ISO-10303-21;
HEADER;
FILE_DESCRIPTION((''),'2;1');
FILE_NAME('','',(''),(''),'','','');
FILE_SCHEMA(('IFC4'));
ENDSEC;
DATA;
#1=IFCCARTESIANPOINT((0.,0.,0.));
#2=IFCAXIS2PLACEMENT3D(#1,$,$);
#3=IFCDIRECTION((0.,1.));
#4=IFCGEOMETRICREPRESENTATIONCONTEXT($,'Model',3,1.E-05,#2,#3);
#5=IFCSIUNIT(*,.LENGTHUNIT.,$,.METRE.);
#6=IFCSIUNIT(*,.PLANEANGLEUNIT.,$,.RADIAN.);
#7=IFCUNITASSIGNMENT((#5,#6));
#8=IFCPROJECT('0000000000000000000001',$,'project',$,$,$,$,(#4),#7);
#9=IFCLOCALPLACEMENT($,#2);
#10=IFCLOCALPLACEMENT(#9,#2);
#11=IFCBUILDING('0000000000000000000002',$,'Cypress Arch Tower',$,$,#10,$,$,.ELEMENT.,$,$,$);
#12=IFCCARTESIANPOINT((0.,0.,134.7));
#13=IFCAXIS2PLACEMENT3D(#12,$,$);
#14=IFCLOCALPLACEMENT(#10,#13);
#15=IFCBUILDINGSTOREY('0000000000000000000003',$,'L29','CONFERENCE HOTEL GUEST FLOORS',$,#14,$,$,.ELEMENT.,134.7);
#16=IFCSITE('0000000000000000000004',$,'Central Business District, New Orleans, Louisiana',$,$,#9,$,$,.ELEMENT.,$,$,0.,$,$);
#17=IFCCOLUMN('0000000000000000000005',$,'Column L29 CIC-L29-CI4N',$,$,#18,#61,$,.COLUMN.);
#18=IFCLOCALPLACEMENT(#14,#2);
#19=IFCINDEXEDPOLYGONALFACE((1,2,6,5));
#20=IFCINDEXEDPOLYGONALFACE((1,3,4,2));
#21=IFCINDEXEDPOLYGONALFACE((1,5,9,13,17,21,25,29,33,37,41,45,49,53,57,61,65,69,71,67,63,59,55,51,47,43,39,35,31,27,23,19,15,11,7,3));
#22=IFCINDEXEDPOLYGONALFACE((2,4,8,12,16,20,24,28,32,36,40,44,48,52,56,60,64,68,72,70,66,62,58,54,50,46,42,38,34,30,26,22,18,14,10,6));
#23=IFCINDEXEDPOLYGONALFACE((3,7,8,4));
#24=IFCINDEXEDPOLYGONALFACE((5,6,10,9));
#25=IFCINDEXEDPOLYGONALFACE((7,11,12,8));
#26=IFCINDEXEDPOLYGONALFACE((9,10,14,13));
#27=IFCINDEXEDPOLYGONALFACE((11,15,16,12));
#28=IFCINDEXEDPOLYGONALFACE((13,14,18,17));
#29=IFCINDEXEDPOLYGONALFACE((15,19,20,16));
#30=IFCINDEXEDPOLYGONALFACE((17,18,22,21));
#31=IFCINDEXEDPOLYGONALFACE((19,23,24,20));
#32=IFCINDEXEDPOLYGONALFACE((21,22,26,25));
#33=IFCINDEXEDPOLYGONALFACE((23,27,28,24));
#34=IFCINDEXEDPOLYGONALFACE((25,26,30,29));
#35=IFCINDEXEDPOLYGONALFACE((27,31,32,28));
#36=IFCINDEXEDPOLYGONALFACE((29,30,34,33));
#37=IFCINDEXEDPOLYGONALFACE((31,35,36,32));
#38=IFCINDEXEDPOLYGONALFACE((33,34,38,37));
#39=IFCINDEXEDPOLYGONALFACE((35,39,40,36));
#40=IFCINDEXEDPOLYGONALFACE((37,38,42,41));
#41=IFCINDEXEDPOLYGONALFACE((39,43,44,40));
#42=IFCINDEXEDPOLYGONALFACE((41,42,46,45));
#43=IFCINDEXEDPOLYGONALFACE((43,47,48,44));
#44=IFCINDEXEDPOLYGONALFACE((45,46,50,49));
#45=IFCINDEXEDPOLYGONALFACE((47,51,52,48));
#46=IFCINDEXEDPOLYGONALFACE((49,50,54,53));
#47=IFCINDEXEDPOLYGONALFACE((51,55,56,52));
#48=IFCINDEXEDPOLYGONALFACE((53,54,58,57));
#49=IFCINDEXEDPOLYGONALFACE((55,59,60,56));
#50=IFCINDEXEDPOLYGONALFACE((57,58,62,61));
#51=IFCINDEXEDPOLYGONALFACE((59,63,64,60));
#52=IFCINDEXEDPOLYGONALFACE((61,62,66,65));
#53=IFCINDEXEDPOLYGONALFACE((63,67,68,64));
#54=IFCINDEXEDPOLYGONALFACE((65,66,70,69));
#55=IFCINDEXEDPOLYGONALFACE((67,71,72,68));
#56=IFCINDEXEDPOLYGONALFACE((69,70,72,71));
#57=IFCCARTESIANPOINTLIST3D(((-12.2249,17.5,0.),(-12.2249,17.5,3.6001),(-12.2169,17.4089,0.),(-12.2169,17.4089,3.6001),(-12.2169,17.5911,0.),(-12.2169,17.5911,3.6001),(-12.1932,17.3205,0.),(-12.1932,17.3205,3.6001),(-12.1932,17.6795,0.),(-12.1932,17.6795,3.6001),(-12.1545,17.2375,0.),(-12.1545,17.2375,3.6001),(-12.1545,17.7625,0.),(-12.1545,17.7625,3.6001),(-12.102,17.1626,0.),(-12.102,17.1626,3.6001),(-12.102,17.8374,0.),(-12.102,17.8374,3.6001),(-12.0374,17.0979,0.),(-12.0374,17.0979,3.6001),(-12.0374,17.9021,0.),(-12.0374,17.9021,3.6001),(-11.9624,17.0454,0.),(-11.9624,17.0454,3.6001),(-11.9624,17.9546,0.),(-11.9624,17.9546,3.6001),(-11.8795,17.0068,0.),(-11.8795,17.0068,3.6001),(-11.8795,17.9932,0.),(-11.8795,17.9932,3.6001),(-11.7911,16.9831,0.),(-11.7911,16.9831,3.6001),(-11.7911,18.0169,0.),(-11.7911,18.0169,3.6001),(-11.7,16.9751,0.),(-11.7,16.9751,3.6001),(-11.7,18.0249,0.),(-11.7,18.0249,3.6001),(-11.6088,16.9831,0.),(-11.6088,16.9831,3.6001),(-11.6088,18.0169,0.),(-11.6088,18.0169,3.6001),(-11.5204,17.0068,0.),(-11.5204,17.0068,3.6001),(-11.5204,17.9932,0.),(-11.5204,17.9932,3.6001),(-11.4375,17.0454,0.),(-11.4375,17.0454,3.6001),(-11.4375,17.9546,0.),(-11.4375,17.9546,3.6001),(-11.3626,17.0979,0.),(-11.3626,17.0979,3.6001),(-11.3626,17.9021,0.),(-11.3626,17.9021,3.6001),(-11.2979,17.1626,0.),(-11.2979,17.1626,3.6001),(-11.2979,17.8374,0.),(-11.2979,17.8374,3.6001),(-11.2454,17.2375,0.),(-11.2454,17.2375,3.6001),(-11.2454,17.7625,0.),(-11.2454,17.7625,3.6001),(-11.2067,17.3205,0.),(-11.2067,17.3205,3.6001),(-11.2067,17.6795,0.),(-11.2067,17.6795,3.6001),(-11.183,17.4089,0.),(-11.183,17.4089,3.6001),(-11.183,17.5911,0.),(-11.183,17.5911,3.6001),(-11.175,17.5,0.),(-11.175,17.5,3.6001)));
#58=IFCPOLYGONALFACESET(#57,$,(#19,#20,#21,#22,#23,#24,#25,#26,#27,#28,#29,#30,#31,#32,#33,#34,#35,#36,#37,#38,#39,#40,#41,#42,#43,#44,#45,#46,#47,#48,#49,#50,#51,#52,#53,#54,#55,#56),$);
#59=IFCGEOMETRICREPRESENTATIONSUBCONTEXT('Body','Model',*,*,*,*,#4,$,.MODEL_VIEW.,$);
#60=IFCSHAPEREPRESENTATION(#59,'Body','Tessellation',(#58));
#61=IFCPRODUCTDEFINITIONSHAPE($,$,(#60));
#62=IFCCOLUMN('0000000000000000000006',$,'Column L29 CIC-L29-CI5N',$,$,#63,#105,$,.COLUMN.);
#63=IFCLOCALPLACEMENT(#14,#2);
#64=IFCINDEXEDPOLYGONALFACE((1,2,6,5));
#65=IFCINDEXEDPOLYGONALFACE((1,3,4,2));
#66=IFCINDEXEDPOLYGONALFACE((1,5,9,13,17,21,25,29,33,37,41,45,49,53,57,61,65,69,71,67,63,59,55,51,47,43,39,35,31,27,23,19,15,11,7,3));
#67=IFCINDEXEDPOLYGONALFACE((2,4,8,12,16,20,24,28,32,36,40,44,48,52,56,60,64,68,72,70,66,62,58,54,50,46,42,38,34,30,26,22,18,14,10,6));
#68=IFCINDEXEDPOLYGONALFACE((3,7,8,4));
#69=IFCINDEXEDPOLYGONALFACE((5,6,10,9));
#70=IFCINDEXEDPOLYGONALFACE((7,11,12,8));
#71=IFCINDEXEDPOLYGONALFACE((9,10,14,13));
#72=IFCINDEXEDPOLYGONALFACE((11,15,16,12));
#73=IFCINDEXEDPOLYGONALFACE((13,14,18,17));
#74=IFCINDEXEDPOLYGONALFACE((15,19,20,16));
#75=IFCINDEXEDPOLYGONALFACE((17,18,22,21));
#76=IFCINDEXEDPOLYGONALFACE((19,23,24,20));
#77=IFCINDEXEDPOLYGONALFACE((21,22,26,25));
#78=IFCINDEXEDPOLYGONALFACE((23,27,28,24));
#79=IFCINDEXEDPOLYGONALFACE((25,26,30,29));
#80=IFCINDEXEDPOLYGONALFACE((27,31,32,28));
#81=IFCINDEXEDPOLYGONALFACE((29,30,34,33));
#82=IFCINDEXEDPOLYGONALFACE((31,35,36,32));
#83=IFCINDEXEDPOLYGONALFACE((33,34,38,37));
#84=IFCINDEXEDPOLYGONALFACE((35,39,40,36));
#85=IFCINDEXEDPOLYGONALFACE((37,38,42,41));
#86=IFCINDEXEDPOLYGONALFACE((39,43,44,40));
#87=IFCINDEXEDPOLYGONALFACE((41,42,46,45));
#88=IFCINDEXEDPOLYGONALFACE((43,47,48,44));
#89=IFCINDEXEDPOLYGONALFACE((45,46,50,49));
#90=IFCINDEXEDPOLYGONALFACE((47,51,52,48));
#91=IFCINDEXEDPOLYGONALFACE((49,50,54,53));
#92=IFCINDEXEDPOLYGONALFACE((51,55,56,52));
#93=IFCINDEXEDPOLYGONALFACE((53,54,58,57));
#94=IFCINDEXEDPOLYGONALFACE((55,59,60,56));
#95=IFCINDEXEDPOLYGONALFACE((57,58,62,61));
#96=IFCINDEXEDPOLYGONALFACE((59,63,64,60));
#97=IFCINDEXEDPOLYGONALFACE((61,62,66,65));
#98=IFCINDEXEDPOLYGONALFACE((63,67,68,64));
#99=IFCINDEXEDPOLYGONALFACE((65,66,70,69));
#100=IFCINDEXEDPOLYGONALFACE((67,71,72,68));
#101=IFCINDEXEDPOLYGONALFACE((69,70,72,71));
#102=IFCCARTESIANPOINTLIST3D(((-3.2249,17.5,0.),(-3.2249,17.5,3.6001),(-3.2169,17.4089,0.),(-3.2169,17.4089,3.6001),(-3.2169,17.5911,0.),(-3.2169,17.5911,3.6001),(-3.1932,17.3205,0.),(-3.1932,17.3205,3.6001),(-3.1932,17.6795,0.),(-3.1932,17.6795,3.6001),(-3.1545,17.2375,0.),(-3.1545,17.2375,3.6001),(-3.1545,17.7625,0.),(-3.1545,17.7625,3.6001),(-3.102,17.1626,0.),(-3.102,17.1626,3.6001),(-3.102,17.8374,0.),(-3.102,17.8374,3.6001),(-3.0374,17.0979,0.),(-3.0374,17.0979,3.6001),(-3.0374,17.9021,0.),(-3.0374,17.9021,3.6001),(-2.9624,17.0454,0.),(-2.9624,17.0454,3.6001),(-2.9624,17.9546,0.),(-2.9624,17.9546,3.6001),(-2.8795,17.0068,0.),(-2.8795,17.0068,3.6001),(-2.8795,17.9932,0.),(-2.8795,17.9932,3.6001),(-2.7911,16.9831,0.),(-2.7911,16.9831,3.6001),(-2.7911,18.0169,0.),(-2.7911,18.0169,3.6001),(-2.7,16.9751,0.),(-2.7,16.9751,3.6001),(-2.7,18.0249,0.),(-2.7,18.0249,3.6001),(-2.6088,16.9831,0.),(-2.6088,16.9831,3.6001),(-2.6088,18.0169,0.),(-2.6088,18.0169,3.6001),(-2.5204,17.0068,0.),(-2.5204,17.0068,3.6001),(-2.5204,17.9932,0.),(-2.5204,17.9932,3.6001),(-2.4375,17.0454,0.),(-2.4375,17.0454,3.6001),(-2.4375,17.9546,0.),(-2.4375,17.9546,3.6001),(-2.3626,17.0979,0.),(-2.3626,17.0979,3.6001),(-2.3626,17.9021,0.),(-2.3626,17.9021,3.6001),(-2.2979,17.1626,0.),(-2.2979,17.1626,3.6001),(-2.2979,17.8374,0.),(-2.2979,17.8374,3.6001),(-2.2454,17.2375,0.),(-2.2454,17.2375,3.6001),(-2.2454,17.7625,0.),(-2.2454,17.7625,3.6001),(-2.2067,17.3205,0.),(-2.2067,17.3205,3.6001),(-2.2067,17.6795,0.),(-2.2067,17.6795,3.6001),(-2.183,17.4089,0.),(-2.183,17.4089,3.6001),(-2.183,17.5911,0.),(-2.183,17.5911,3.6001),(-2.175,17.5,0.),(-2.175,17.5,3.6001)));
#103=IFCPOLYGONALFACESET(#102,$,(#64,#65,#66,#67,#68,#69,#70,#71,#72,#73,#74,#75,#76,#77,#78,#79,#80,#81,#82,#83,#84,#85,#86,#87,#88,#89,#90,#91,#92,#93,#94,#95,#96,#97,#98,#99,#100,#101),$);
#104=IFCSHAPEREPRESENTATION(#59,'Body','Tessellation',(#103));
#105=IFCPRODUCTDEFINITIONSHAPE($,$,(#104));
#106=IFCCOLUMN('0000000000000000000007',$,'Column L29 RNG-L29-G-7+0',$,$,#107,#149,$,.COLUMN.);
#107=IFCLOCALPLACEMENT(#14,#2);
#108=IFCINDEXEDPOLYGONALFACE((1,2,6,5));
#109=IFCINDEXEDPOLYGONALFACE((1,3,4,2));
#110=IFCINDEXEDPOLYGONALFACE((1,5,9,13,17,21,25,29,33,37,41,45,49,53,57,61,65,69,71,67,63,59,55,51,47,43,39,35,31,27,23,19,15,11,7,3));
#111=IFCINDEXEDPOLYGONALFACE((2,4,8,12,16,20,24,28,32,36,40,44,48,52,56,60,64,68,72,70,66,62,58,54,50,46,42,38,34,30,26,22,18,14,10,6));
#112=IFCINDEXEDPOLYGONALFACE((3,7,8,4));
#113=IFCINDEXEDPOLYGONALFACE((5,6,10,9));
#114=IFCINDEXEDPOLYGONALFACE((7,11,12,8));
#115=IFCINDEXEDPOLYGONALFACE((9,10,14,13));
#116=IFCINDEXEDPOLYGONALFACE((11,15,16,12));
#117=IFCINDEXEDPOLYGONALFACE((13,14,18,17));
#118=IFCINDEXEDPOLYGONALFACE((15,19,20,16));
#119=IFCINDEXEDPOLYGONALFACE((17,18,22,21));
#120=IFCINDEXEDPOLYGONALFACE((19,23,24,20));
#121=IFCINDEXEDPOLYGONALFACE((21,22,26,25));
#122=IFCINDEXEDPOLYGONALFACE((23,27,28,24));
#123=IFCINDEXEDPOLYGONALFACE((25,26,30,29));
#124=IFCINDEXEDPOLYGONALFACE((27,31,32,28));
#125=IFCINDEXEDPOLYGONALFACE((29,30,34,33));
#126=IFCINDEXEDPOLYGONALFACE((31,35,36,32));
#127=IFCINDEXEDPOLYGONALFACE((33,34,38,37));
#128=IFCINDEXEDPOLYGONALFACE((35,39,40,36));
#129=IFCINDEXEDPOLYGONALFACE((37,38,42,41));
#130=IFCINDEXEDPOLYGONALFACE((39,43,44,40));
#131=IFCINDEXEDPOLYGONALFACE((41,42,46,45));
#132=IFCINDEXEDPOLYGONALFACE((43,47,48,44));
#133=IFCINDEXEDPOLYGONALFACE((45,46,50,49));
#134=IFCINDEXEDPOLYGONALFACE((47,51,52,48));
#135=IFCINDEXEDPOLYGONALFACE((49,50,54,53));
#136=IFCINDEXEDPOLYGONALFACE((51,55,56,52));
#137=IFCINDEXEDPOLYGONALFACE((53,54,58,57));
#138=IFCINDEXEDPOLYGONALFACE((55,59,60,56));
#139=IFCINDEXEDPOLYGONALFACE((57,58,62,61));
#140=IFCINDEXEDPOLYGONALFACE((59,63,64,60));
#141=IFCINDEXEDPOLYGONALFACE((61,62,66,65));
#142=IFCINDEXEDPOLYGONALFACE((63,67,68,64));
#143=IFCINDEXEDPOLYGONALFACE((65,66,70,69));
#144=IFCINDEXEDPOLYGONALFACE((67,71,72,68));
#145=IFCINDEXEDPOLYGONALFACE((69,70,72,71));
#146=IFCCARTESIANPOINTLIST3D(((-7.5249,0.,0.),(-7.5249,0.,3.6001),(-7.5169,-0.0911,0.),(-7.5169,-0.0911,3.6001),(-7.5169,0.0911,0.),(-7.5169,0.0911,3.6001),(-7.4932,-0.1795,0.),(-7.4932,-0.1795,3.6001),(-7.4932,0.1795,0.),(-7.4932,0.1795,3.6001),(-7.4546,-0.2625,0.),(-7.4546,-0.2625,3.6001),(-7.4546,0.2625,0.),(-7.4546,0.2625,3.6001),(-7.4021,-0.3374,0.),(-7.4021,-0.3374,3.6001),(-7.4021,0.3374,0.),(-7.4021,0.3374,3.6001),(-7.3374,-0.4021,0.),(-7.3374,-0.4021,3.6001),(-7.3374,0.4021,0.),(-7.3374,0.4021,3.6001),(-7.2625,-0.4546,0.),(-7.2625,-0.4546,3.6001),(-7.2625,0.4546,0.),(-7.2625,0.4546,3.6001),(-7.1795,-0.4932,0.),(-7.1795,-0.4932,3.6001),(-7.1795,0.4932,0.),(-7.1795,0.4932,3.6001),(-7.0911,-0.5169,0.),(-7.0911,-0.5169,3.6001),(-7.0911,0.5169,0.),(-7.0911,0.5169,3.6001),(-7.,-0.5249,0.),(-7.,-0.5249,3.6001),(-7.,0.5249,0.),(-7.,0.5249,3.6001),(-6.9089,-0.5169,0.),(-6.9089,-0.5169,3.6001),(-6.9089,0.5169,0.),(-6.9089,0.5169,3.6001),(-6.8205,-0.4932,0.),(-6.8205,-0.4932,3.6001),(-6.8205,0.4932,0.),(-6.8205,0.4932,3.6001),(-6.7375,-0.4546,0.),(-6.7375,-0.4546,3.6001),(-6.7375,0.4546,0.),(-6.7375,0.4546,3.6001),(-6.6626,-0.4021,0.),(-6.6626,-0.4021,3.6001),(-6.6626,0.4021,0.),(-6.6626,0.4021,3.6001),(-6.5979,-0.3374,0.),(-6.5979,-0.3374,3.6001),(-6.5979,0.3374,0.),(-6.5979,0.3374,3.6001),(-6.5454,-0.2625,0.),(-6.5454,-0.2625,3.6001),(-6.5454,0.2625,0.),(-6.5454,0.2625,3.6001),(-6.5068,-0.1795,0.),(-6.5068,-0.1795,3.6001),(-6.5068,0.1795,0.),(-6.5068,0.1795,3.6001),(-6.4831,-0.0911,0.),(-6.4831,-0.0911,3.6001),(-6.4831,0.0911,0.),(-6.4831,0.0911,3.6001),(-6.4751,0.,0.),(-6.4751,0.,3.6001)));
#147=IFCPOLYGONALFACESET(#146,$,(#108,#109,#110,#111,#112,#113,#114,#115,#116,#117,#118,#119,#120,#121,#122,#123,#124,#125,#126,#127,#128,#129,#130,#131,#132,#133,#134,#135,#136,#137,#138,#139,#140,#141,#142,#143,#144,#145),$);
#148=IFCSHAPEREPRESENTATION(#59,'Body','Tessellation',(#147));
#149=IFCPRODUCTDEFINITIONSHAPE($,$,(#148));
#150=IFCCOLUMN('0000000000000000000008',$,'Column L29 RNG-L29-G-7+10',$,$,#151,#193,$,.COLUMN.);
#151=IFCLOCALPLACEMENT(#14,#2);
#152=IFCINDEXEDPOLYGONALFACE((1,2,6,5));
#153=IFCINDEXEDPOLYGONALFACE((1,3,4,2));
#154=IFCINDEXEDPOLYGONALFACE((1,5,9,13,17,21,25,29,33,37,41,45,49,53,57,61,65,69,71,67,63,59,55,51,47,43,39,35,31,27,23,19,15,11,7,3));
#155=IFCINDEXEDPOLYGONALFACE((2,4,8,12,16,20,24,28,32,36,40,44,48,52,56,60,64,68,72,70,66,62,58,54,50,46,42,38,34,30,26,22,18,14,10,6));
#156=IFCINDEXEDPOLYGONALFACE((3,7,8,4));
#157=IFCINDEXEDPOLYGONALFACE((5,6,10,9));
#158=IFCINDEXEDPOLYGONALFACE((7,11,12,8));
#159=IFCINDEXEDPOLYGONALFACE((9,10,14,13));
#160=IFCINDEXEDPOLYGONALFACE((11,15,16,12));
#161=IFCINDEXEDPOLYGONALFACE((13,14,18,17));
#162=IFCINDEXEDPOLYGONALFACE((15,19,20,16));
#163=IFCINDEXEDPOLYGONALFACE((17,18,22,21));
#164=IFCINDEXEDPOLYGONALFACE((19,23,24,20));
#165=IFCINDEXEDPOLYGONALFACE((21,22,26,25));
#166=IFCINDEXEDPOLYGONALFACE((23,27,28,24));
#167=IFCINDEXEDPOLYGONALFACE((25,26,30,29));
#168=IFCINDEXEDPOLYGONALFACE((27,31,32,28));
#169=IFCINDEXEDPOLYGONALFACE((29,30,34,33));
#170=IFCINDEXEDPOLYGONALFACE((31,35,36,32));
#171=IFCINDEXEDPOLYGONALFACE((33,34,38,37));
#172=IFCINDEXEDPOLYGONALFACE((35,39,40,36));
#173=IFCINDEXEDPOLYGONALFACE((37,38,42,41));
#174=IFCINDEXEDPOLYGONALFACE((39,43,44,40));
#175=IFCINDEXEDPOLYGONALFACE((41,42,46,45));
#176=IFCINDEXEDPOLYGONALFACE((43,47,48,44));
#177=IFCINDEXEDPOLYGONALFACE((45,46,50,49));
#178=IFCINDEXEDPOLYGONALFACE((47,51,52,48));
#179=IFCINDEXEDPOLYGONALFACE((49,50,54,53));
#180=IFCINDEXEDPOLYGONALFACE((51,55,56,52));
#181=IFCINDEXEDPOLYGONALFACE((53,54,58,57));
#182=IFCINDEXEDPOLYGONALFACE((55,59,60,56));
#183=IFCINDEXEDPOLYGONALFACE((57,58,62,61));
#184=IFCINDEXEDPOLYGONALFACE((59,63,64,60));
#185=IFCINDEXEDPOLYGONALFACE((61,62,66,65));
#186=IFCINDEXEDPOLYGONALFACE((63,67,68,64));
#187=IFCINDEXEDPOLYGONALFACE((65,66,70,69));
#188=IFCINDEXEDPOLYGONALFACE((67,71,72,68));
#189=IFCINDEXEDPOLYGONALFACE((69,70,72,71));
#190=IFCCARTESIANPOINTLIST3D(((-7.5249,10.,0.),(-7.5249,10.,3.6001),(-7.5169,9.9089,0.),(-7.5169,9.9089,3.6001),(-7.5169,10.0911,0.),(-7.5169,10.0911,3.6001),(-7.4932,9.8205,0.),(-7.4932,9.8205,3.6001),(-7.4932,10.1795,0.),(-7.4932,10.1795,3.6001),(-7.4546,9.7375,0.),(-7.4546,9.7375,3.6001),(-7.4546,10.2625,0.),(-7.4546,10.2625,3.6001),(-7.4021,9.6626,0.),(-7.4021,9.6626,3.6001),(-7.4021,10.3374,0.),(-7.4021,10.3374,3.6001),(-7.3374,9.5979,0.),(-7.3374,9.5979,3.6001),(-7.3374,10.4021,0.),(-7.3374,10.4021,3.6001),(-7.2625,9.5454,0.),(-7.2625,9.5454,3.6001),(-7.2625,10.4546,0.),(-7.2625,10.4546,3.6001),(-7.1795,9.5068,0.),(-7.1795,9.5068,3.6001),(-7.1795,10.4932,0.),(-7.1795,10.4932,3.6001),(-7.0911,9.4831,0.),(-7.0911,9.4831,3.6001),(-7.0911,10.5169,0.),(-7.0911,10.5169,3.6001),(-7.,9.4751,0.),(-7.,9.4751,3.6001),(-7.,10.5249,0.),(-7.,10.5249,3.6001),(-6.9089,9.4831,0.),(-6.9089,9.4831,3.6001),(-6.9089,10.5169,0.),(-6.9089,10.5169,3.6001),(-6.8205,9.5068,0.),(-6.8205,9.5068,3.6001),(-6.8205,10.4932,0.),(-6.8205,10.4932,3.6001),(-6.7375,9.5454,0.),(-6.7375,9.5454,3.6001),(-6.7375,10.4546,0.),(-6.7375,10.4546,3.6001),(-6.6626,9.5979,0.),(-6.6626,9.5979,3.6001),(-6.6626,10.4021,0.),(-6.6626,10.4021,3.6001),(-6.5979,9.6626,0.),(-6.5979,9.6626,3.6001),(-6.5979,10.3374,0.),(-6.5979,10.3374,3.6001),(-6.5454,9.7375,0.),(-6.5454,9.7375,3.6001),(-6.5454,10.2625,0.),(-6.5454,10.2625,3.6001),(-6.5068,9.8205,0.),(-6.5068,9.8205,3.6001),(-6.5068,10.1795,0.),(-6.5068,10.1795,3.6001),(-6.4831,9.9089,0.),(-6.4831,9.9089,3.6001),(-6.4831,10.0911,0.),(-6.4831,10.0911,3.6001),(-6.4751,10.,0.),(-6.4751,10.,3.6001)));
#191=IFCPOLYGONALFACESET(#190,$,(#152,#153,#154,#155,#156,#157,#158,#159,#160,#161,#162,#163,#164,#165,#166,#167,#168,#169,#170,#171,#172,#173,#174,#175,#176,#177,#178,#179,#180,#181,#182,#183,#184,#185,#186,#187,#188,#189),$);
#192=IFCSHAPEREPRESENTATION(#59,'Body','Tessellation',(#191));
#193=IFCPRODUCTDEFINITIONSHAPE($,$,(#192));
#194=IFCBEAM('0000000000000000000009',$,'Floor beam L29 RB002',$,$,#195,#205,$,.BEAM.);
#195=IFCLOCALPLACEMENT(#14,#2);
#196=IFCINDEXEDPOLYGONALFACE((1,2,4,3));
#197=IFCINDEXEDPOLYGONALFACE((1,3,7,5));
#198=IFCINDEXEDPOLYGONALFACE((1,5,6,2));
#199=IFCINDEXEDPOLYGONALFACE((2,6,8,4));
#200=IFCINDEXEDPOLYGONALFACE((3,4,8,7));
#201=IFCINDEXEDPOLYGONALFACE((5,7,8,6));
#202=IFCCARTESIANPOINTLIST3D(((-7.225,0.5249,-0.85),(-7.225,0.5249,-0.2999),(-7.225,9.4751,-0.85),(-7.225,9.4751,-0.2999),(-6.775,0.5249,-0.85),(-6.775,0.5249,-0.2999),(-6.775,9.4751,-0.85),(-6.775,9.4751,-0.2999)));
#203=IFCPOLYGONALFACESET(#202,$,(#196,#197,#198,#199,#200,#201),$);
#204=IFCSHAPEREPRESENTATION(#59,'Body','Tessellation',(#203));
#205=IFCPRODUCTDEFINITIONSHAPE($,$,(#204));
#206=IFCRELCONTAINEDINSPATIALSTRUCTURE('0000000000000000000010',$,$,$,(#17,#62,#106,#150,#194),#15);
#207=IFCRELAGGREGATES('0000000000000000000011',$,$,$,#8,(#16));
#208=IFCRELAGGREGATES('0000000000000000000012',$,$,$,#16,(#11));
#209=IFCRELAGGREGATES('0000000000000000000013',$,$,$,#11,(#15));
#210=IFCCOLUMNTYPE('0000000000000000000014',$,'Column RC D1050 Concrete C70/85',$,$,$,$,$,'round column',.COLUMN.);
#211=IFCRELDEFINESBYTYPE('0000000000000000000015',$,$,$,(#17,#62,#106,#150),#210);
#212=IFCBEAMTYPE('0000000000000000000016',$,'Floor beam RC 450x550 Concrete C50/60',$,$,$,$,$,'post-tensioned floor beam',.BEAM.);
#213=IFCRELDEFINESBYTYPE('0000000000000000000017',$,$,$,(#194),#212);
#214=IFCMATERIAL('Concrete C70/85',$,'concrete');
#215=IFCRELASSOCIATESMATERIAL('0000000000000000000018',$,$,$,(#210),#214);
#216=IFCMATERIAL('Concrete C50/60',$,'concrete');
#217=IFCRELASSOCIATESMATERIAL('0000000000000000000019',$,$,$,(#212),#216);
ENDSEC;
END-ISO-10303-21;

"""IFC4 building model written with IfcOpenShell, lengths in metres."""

from ifc_helpers import new_model, si_unit, direction, frame, origin, origin_2d, place, context, subcontext, project, spatial, rectangle, circle, extrude, material, material_profile, profile_set, type_object, element, save


model = new_model("IFC4")

# Units and contexts
model_context = context("Model", 3, precision=1e-05, world=origin(), true_north=direction((0.0, 1.0)))
body_context = subcontext(model_context, "Body", "Model", "MODEL_VIEW")
ifc_project = project(units=[si_unit("LENGTHUNIT", "METRE"), si_unit("PLANEANGLEUNIT", "RADIAN")], contexts=[model_context])

# Site, building, storey
site_placement = place(None, origin())
site = spatial("IfcSite", under=ifc_project, at=site_placement, Name="Central Business District, New Orleans, Louisiana", CompositionType="ELEMENT", RefElevation=0.0)
building_placement = place(site_placement, origin())
building = spatial("IfcBuilding", under=site, at=building_placement, Name="Cypress Arch Tower", CompositionType="ELEMENT")
storey_placement = place(building_placement, frame((0.0, 0.0, 134.7)))
storey = spatial("IfcBuildingStorey", under=building, at=storey_placement, Name="L29", Description="CONFERENCE HOTEL GUEST FLOORS", CompositionType="ELEMENT", Elevation=134.7)

# Columns
ifc_material_1 = material(Name="Concrete C70/85", Category="concrete")
ifc_material_profile_1 = material_profile(ifc_material_1, circle(Radius=0.5249, at=origin_2d()), Name="RC D1050")
ifc_profile_set_1 = profile_set([ifc_material_profile_1], Name="Concrete C70/85")
column_type = type_object("IfcColumnType", Name="Column RC D1050 Concrete C70/85", ElementType="round column", PredefinedType="COLUMN", material=ifc_profile_set_1)
for number, where, z_axis, x_axis, name in (
    (1, (-11.7, 17.5, 0.0), (0.0, 0.0, 1.0), (1.0, 0.0, 0.0), "Column L29 CIC-L29-CI4N"),
    (2, (-2.7, 17.5, 0.0), (0.0, 0.0, 1.0), (1.0, 0.0, 0.0), "Column L29 CIC-L29-CI5N"),
    (3, (-7.0, 0.0, 0.0), (0.0, 0.0, 1.0), (1.0, 0.0, 0.0), "Column L29 RNG-L29-G-7+0"),
    (4, (-7.0, 10.0, 0.0), (0.0, 0.0, 1.0), (1.0, 0.0, 0.0), "Column L29 RNG-L29-G-7+10"),
):
    element("IfcColumn", number, at=place(storey_placement, frame(where, z_axis=z_axis, x_axis=x_axis)), inside=storey, type_object=column_type, Name=name, PredefinedType="COLUMN", context=body_context, shape_type="SweptSolid", body=[
        extrude(circle(Radius=0.5249, at=origin_2d()), origin(), (0.0, 0.0, 1.0), 3.6001),
    ])

# Beam
ifc_material_2 = material(Name="Concrete C50/60", Category="concrete")
ifc_material_profile_2 = material_profile(ifc_material_2, rectangle(XDim=0.45, YDim=0.55, at=origin_2d()), Name="RC 450x550")
ifc_profile_set_2 = profile_set([ifc_material_profile_2], Name="Concrete C50/60")
beam_type_1 = type_object("IfcBeamType", Name="Floor beam RC 450x550 Concrete C50/60", ElementType="post-tensioned floor beam", PredefinedType="BEAM", material=ifc_profile_set_2)
beam_1_placement = place(storey_placement, frame((-7.0, 0.5249, -0.575), z_axis=(0.0, 1.0, 0.0), x_axis=(-1.0, 0.0, 0.0)))
element("IfcBeam", 5, at=beam_1_placement, inside=storey, type_object=beam_type_1, Name="Floor beam L29 RB002", PredefinedType="BEAM", context=body_context, shape_type="SweptSolid", body=[
    extrude(rectangle(XDim=0.45, YDim=0.55, at=origin_2d()), origin(), (0.0, 0.0, 1.0), 8.9502),
])

save(model, "model.ifc")
